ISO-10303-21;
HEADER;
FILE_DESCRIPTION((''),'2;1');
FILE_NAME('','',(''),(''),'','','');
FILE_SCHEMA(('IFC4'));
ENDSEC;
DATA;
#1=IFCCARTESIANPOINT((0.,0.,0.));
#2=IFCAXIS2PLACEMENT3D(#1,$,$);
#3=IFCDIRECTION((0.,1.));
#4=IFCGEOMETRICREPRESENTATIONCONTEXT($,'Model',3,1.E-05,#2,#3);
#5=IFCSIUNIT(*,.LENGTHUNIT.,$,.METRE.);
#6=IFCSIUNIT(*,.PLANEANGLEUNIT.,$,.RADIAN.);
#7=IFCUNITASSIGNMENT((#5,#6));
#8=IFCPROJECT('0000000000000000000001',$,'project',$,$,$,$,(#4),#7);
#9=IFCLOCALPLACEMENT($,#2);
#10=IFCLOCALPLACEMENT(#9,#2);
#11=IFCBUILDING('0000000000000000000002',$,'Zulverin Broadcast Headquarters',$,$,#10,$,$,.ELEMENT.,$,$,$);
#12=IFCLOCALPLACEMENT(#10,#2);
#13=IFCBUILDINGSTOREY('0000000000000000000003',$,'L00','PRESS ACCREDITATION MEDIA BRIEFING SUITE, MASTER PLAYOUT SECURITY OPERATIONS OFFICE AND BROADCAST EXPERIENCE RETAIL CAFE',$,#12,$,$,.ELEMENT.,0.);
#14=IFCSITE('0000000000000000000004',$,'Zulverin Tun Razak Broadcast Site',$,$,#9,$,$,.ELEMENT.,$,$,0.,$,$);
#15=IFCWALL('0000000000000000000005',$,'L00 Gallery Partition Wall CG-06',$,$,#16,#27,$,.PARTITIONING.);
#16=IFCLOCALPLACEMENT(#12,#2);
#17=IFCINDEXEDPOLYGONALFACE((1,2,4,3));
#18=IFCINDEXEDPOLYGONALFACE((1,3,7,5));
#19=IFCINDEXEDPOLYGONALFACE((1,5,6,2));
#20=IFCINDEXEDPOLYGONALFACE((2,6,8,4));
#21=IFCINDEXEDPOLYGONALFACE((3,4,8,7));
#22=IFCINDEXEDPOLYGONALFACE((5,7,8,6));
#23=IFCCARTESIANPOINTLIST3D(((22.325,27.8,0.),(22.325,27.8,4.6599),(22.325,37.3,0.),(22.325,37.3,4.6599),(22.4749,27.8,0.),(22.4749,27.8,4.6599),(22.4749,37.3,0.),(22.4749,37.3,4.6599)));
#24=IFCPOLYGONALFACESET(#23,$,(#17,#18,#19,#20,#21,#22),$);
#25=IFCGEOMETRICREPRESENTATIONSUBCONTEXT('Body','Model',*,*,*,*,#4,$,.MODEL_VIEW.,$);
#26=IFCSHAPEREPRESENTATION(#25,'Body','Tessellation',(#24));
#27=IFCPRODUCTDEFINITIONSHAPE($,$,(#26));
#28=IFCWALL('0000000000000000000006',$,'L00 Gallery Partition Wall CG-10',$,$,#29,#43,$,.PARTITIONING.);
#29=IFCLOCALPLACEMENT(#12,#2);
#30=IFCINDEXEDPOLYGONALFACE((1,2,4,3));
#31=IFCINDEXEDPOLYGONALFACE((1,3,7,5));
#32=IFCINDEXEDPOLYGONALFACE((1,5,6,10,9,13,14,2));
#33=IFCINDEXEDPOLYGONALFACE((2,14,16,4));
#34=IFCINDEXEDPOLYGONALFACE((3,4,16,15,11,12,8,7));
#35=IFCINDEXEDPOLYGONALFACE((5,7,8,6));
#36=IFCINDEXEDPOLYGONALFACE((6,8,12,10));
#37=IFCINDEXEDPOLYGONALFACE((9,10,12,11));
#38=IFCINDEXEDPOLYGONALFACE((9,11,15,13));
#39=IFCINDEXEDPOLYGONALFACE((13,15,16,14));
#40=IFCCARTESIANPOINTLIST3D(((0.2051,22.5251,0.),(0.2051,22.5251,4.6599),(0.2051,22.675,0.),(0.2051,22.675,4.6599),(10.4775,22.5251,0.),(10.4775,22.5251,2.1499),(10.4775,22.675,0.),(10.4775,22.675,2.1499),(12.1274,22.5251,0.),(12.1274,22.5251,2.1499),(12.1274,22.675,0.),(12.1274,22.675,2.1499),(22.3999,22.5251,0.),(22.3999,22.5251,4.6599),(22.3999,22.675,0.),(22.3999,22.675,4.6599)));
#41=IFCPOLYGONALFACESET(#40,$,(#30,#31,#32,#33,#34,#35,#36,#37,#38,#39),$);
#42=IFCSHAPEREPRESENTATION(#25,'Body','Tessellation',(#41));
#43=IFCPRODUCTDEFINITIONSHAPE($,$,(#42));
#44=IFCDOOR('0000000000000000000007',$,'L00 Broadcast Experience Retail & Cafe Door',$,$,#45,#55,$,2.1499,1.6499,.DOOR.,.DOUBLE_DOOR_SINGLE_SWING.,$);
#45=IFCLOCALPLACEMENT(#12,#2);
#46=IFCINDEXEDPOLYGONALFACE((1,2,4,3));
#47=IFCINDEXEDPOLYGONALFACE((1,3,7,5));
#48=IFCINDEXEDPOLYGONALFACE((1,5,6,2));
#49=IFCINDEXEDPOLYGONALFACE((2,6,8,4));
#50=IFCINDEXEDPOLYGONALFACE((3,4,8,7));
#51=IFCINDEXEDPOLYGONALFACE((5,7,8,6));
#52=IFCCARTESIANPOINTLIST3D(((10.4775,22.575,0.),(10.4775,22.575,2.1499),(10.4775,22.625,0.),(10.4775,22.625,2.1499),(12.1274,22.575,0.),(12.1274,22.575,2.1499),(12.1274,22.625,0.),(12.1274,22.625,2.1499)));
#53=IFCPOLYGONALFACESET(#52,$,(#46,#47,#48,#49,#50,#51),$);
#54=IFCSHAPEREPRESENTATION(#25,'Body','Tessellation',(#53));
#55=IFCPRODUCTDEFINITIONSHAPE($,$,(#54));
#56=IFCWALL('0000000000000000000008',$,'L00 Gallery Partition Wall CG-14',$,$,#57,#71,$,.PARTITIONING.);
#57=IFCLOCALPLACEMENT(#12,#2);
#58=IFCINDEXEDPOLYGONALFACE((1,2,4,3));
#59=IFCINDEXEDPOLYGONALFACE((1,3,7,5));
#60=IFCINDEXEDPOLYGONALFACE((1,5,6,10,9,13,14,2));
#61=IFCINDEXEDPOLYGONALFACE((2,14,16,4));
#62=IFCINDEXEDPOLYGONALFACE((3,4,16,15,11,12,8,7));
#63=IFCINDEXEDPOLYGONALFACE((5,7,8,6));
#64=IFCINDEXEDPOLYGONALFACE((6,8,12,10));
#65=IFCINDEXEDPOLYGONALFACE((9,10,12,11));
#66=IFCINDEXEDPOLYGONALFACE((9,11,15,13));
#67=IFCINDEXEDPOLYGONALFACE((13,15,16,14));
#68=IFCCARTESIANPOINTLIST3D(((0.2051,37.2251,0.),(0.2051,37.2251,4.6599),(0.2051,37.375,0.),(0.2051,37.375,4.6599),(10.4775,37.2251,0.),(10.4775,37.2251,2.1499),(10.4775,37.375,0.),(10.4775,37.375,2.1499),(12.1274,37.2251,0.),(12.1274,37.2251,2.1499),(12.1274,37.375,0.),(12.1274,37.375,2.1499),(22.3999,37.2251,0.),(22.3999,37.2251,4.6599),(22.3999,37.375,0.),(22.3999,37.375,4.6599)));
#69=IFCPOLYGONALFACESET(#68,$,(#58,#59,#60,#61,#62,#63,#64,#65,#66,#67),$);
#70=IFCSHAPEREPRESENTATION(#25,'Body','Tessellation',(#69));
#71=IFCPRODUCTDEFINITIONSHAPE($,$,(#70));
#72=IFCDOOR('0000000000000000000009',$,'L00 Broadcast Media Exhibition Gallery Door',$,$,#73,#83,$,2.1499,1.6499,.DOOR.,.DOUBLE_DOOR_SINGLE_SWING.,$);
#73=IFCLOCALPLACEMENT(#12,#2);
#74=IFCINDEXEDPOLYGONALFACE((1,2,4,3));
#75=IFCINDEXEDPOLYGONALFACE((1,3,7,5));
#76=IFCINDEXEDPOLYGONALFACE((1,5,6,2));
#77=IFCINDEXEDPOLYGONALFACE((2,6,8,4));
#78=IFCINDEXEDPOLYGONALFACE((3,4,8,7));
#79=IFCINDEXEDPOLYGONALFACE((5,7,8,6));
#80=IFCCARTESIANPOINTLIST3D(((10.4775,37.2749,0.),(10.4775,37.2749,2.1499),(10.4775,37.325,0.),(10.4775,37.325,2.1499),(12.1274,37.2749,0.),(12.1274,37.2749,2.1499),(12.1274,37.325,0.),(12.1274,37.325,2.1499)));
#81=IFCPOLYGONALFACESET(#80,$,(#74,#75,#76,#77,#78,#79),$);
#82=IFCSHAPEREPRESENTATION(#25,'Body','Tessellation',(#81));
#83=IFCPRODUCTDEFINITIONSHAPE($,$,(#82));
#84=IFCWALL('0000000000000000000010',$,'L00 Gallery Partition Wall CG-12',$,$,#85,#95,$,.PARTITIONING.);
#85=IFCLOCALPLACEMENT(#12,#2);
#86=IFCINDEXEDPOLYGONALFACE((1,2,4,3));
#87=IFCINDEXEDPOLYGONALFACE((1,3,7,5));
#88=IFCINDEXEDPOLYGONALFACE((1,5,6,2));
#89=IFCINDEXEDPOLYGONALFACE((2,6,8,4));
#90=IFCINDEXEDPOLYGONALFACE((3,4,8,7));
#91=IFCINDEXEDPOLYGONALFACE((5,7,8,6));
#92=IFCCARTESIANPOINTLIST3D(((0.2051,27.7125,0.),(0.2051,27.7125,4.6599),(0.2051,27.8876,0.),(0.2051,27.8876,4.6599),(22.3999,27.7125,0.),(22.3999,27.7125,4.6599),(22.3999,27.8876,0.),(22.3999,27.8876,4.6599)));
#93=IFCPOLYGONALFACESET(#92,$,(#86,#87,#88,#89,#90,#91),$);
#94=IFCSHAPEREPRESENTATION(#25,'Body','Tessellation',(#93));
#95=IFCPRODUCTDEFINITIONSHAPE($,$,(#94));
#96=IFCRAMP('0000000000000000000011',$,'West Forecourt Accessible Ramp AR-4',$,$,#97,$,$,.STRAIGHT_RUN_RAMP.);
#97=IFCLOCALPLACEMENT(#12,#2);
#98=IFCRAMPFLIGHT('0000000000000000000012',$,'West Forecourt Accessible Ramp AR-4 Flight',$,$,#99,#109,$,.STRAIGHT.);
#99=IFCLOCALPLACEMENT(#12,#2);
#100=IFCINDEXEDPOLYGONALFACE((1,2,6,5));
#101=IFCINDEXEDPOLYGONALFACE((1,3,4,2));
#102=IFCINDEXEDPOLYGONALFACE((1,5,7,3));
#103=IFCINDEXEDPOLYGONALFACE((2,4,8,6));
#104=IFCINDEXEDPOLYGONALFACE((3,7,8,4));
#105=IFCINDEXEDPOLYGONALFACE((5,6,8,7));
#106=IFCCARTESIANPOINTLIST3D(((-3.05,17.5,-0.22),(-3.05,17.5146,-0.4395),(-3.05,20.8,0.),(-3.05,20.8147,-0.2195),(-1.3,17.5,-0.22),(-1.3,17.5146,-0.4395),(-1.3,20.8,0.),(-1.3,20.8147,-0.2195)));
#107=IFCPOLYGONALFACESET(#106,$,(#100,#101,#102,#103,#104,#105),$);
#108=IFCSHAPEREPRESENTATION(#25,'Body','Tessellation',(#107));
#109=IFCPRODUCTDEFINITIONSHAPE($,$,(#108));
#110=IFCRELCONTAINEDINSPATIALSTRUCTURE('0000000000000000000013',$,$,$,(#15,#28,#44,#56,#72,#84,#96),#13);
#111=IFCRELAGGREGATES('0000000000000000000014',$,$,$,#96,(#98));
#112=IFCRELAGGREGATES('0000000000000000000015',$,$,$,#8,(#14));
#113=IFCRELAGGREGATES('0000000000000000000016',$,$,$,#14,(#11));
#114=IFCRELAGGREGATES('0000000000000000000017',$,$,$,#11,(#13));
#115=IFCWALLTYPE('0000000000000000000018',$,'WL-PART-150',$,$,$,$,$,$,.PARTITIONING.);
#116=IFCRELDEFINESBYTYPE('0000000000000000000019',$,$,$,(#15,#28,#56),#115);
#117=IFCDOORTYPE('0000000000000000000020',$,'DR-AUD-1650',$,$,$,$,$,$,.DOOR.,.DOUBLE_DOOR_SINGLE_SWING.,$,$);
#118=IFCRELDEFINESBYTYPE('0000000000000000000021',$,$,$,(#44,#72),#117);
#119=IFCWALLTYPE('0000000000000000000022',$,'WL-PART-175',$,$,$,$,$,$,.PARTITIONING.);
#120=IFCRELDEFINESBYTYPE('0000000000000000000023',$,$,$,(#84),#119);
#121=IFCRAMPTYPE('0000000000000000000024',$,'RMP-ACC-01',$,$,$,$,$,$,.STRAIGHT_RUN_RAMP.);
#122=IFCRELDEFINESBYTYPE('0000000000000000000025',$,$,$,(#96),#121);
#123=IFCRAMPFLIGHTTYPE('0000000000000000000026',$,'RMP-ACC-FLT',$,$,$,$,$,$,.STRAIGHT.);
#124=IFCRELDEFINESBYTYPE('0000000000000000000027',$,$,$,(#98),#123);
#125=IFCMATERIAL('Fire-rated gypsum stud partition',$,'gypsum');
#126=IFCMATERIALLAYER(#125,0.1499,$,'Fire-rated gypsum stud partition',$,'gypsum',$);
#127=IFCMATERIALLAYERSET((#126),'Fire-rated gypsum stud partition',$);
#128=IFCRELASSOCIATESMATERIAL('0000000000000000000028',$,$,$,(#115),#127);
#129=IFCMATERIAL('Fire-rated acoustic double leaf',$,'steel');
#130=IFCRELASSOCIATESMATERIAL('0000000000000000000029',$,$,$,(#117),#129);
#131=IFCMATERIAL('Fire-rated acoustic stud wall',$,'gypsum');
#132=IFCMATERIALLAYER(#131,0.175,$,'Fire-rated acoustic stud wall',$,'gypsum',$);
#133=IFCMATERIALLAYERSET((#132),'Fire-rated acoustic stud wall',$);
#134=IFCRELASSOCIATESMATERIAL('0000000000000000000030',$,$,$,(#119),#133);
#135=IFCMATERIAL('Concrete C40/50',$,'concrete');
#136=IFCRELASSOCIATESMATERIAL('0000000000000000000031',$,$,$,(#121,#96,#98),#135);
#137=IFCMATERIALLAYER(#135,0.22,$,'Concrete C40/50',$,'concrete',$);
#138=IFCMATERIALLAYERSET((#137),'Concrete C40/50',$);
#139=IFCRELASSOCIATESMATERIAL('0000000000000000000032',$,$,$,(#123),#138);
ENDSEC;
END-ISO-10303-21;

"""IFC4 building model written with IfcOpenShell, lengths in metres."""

from ifc_helpers import new_model, si_unit, direction, frame, frame_2d, origin, place, context, subcontext, project, spatial, polyline, rectangle, outline, extrude, material, layer, layer_set, type_object, element, fill, aggregate, save


model = new_model("IFC4")

# Units and contexts
model_context = context("Model", 3, precision=1e-05, world=origin(), true_north=direction((0.0, 1.0)))
body_context = subcontext(model_context, "Body", "Model", "MODEL_VIEW")
ifc_project = project(units=[si_unit("LENGTHUNIT", "METRE"), si_unit("PLANEANGLEUNIT", "RADIAN")], contexts=[model_context])

# Site, building, storey
site_placement = place(None, origin())
site = spatial("IfcSite", under=ifc_project, at=site_placement, Name="Zulverin Tun Razak Broadcast Site", CompositionType="ELEMENT", RefElevation=0.0)
building_placement = place(site_placement, origin())
building = spatial("IfcBuilding", under=site, at=building_placement, Name="Zulverin Broadcast Headquarters", CompositionType="ELEMENT")
storey_placement = place(building_placement, origin())
storey = spatial("IfcBuildingStorey", under=building, at=storey_placement, Name="L00", Description="PRESS ACCREDITATION MEDIA BRIEFING SUITE, MASTER PLAYOUT SECURITY OPERATIONS OFFICE AND BROADCAST EXPERIENCE RETAIL CAFE", CompositionType="ELEMENT", Elevation=0.0)

# Shared definitions
ifc_material_1 = material(Name="Concrete C40/50", Category="concrete")

# Wall
ifc_material_2 = material(Name="Fire-rated gypsum stud partition", Category="gypsum")
ifc_layer_1 = layer(ifc_material_2, 0.1499, Name="Fire-rated gypsum stud partition", Category="gypsum")
ifc_layer_set_1 = layer_set([ifc_layer_1], Name="Fire-rated gypsum stud partition")
wall_type_1 = type_object("IfcWallType", Name="WL-PART-150", PredefinedType="PARTITIONING", material=ifc_layer_set_1)
wall_1_placement = place(storey_placement, frame((22.3999, 27.8, 0.0), z_axis=(0.0, 0.0, 1.0), x_axis=(0.0, 1.0, 0.0)))
element("IfcWall", 1, at=wall_1_placement, inside=storey, type_object=wall_type_1, Name="L00 Gallery Partition Wall CG-06", PredefinedType="PARTITIONING", context=body_context, shape_type="SweptSolid", body=[
    extrude(rectangle(XDim=9.5, YDim=0.1499, at=frame_2d((4.75, 0.0))), origin(), (0.0, 0.0, 1.0), 4.6599),
])

# Walls, openings, doors
wall_2_placement = place(storey_placement, frame((0.2051, 22.6001, 0.0), z_axis=(0.0, 0.0, 1.0), x_axis=(1.0, 0.0, 0.0)))
wall_2 = element("IfcWall", 2, at=wall_2_placement, inside=storey, type_object=wall_type_1, Name="L00 Gallery Partition Wall CG-10", PredefinedType="PARTITIONING", context=body_context, shape_type="SweptSolid", body=[
    extrude(rectangle(XDim=22.1948, YDim=0.1499, at=frame_2d((11.0974, 0.0))), origin(), (0.0, 0.0, 1.0), 4.6599),
])
opening_1_placement = place(wall_2_placement, frame((10.2725, 0.0, 0.0)))
opening_1 = element("IfcOpeningElement", 3, at=opening_1_placement, cuts=wall_2, PredefinedType="OPENING", context=body_context, shape_type="SweptSolid", body=[
    extrude(rectangle(XDim=1.6499, YDim=2.1499, at=frame_2d((0.825, 1.075))), frame((0.0, 0.085, 0.0), z_axis=(0.0, -1.0, 0.0), x_axis=(1.0, 0.0, 0.0)), (0.0, 0.0, 1.0), 0.1699),
])
ifc_material_3 = material(Name="Fire-rated acoustic double leaf", Category="steel")
door_type = type_object("IfcDoorType", Name="DR-AUD-1650", OperationType="DOUBLE_DOOR_SINGLE_SWING", PredefinedType="DOOR", material=ifc_material_3)
door_1_placement = place(opening_1_placement, origin())
door_1 = element("IfcDoor", 4, at=door_1_placement, inside=storey, type_object=door_type, Name="L00 Broadcast Experience Retail & Cafe Door", OperationType="DOUBLE_DOOR_SINGLE_SWING", OverallHeight=2.1499, OverallWidth=1.6499, PredefinedType="DOOR", context=body_context, shape_type="SweptSolid", body=[
    extrude(rectangle(XDim=1.6499, YDim=2.1499, at=frame_2d((0.825, 1.075))), frame((0.0, 0.0249, 0.0), z_axis=(0.0, -1.0, 0.0), x_axis=(1.0, 0.0, 0.0)), (0.0, 0.0, 1.0), 0.05),
])
fill(opening_1, door_1)
wall_3_placement = place(storey_placement, frame((0.2051, 37.3, 0.0), z_axis=(0.0, 0.0, 1.0), x_axis=(1.0, 0.0, 0.0)))
wall_3 = element("IfcWall", 5, at=wall_3_placement, inside=storey, type_object=wall_type_1, Name="L00 Gallery Partition Wall CG-14", PredefinedType="PARTITIONING", context=body_context, shape_type="SweptSolid", body=[
    extrude(rectangle(XDim=22.1948, YDim=0.1499, at=frame_2d((11.0974, 0.0))), origin(), (0.0, 0.0, 1.0), 4.6599),
])
opening_2_placement = place(wall_3_placement, frame((10.2725, 0.0, 0.0)))
opening_2 = element("IfcOpeningElement", 6, at=opening_2_placement, cuts=wall_3, PredefinedType="OPENING", context=body_context, shape_type="SweptSolid", body=[
    extrude(rectangle(XDim=1.6499, YDim=2.1499, at=frame_2d((0.825, 1.075))), frame((0.0, 0.085, 0.0), z_axis=(0.0, -1.0, 0.0), x_axis=(1.0, 0.0, 0.0)), (0.0, 0.0, 1.0), 0.1699),
])
door_2_placement = place(opening_2_placement, origin())
door_2 = element("IfcDoor", 7, at=door_2_placement, inside=storey, type_object=door_type, Name="L00 Broadcast Media Exhibition Gallery Door", OperationType="DOUBLE_DOOR_SINGLE_SWING", OverallHeight=2.1499, OverallWidth=1.6499, PredefinedType="DOOR", context=body_context, shape_type="SweptSolid", body=[
    extrude(rectangle(XDim=1.6499, YDim=2.1499, at=frame_2d((0.825, 1.075))), frame((0.0, 0.0249, 0.0), z_axis=(0.0, -1.0, 0.0), x_axis=(1.0, 0.0, 0.0)), (0.0, 0.0, 1.0), 0.05),
])
fill(opening_2, door_2)

# Wall
ifc_material_4 = material(Name="Fire-rated acoustic stud wall", Category="gypsum")
ifc_layer_2 = layer(ifc_material_4, 0.175, Name="Fire-rated acoustic stud wall", Category="gypsum")
ifc_layer_set_2 = layer_set([ifc_layer_2], Name="Fire-rated acoustic stud wall")
wall_type_2 = type_object("IfcWallType", Name="WL-PART-175", PredefinedType="PARTITIONING", material=ifc_layer_set_2)
wall_4_placement = place(storey_placement, frame((0.2051, 27.8, 0.0), z_axis=(0.0, 0.0, 1.0), x_axis=(1.0, 0.0, 0.0)))
element("IfcWall", 8, at=wall_4_placement, inside=storey, type_object=wall_type_2, Name="L00 Gallery Partition Wall CG-12", PredefinedType="PARTITIONING", context=body_context, shape_type="SweptSolid", body=[
    extrude(rectangle(XDim=22.1948, YDim=0.175, at=frame_2d((11.0974, 0.0))), origin(), (0.0, 0.0, 1.0), 4.6599),
])

# Ramp, ramp flight
ramp_type = type_object("IfcRampType", Name="RMP-ACC-01", PredefinedType="STRAIGHT_RUN_RAMP", material=ifc_material_1)
ramp_placement = place(storey_placement, origin())
ramp = element("IfcRamp", 9, at=ramp_placement, inside=storey, type_object=ramp_type, material=ifc_material_1, Name="West Forecourt Accessible Ramp AR-4", PredefinedType="STRAIGHT_RUN_RAMP")
ifc_layer_3 = layer(ifc_material_1, 0.22, Name="Concrete C40/50", Category="concrete")
ifc_layer_set_3 = layer_set([ifc_layer_3], Name="Concrete C40/50")
ramp_flight_type = type_object("IfcRampFlightType", Name="RMP-ACC-FLT", PredefinedType="STRAIGHT", material=ifc_layer_set_3)
ramp_flight_placement = place(storey_placement, frame((-3.05, 17.5, -0.22), z_axis=(0.0, -0.066509, 0.997786), x_axis=(0.0, 0.997786, 0.066509)))
ramp_flight = element("IfcRampFlight", 10, at=ramp_flight_placement, type_object=ramp_flight_type, material=ifc_material_1, Name="West Forecourt Accessible Ramp AR-4 Flight", PredefinedType="STRAIGHT", context=body_context, shape_type="SweptSolid", body=[
    extrude(outline(polyline([(0.0, 0.0), (3.3074, 0.0), (3.3074, -1.75), (0.0, -1.75), (0.0, 0.0)])), origin(), (0.0, 0.0, -1.0), 0.22),
])
aggregate(ramp, [ramp_flight])

save(model, "model.ifc")
